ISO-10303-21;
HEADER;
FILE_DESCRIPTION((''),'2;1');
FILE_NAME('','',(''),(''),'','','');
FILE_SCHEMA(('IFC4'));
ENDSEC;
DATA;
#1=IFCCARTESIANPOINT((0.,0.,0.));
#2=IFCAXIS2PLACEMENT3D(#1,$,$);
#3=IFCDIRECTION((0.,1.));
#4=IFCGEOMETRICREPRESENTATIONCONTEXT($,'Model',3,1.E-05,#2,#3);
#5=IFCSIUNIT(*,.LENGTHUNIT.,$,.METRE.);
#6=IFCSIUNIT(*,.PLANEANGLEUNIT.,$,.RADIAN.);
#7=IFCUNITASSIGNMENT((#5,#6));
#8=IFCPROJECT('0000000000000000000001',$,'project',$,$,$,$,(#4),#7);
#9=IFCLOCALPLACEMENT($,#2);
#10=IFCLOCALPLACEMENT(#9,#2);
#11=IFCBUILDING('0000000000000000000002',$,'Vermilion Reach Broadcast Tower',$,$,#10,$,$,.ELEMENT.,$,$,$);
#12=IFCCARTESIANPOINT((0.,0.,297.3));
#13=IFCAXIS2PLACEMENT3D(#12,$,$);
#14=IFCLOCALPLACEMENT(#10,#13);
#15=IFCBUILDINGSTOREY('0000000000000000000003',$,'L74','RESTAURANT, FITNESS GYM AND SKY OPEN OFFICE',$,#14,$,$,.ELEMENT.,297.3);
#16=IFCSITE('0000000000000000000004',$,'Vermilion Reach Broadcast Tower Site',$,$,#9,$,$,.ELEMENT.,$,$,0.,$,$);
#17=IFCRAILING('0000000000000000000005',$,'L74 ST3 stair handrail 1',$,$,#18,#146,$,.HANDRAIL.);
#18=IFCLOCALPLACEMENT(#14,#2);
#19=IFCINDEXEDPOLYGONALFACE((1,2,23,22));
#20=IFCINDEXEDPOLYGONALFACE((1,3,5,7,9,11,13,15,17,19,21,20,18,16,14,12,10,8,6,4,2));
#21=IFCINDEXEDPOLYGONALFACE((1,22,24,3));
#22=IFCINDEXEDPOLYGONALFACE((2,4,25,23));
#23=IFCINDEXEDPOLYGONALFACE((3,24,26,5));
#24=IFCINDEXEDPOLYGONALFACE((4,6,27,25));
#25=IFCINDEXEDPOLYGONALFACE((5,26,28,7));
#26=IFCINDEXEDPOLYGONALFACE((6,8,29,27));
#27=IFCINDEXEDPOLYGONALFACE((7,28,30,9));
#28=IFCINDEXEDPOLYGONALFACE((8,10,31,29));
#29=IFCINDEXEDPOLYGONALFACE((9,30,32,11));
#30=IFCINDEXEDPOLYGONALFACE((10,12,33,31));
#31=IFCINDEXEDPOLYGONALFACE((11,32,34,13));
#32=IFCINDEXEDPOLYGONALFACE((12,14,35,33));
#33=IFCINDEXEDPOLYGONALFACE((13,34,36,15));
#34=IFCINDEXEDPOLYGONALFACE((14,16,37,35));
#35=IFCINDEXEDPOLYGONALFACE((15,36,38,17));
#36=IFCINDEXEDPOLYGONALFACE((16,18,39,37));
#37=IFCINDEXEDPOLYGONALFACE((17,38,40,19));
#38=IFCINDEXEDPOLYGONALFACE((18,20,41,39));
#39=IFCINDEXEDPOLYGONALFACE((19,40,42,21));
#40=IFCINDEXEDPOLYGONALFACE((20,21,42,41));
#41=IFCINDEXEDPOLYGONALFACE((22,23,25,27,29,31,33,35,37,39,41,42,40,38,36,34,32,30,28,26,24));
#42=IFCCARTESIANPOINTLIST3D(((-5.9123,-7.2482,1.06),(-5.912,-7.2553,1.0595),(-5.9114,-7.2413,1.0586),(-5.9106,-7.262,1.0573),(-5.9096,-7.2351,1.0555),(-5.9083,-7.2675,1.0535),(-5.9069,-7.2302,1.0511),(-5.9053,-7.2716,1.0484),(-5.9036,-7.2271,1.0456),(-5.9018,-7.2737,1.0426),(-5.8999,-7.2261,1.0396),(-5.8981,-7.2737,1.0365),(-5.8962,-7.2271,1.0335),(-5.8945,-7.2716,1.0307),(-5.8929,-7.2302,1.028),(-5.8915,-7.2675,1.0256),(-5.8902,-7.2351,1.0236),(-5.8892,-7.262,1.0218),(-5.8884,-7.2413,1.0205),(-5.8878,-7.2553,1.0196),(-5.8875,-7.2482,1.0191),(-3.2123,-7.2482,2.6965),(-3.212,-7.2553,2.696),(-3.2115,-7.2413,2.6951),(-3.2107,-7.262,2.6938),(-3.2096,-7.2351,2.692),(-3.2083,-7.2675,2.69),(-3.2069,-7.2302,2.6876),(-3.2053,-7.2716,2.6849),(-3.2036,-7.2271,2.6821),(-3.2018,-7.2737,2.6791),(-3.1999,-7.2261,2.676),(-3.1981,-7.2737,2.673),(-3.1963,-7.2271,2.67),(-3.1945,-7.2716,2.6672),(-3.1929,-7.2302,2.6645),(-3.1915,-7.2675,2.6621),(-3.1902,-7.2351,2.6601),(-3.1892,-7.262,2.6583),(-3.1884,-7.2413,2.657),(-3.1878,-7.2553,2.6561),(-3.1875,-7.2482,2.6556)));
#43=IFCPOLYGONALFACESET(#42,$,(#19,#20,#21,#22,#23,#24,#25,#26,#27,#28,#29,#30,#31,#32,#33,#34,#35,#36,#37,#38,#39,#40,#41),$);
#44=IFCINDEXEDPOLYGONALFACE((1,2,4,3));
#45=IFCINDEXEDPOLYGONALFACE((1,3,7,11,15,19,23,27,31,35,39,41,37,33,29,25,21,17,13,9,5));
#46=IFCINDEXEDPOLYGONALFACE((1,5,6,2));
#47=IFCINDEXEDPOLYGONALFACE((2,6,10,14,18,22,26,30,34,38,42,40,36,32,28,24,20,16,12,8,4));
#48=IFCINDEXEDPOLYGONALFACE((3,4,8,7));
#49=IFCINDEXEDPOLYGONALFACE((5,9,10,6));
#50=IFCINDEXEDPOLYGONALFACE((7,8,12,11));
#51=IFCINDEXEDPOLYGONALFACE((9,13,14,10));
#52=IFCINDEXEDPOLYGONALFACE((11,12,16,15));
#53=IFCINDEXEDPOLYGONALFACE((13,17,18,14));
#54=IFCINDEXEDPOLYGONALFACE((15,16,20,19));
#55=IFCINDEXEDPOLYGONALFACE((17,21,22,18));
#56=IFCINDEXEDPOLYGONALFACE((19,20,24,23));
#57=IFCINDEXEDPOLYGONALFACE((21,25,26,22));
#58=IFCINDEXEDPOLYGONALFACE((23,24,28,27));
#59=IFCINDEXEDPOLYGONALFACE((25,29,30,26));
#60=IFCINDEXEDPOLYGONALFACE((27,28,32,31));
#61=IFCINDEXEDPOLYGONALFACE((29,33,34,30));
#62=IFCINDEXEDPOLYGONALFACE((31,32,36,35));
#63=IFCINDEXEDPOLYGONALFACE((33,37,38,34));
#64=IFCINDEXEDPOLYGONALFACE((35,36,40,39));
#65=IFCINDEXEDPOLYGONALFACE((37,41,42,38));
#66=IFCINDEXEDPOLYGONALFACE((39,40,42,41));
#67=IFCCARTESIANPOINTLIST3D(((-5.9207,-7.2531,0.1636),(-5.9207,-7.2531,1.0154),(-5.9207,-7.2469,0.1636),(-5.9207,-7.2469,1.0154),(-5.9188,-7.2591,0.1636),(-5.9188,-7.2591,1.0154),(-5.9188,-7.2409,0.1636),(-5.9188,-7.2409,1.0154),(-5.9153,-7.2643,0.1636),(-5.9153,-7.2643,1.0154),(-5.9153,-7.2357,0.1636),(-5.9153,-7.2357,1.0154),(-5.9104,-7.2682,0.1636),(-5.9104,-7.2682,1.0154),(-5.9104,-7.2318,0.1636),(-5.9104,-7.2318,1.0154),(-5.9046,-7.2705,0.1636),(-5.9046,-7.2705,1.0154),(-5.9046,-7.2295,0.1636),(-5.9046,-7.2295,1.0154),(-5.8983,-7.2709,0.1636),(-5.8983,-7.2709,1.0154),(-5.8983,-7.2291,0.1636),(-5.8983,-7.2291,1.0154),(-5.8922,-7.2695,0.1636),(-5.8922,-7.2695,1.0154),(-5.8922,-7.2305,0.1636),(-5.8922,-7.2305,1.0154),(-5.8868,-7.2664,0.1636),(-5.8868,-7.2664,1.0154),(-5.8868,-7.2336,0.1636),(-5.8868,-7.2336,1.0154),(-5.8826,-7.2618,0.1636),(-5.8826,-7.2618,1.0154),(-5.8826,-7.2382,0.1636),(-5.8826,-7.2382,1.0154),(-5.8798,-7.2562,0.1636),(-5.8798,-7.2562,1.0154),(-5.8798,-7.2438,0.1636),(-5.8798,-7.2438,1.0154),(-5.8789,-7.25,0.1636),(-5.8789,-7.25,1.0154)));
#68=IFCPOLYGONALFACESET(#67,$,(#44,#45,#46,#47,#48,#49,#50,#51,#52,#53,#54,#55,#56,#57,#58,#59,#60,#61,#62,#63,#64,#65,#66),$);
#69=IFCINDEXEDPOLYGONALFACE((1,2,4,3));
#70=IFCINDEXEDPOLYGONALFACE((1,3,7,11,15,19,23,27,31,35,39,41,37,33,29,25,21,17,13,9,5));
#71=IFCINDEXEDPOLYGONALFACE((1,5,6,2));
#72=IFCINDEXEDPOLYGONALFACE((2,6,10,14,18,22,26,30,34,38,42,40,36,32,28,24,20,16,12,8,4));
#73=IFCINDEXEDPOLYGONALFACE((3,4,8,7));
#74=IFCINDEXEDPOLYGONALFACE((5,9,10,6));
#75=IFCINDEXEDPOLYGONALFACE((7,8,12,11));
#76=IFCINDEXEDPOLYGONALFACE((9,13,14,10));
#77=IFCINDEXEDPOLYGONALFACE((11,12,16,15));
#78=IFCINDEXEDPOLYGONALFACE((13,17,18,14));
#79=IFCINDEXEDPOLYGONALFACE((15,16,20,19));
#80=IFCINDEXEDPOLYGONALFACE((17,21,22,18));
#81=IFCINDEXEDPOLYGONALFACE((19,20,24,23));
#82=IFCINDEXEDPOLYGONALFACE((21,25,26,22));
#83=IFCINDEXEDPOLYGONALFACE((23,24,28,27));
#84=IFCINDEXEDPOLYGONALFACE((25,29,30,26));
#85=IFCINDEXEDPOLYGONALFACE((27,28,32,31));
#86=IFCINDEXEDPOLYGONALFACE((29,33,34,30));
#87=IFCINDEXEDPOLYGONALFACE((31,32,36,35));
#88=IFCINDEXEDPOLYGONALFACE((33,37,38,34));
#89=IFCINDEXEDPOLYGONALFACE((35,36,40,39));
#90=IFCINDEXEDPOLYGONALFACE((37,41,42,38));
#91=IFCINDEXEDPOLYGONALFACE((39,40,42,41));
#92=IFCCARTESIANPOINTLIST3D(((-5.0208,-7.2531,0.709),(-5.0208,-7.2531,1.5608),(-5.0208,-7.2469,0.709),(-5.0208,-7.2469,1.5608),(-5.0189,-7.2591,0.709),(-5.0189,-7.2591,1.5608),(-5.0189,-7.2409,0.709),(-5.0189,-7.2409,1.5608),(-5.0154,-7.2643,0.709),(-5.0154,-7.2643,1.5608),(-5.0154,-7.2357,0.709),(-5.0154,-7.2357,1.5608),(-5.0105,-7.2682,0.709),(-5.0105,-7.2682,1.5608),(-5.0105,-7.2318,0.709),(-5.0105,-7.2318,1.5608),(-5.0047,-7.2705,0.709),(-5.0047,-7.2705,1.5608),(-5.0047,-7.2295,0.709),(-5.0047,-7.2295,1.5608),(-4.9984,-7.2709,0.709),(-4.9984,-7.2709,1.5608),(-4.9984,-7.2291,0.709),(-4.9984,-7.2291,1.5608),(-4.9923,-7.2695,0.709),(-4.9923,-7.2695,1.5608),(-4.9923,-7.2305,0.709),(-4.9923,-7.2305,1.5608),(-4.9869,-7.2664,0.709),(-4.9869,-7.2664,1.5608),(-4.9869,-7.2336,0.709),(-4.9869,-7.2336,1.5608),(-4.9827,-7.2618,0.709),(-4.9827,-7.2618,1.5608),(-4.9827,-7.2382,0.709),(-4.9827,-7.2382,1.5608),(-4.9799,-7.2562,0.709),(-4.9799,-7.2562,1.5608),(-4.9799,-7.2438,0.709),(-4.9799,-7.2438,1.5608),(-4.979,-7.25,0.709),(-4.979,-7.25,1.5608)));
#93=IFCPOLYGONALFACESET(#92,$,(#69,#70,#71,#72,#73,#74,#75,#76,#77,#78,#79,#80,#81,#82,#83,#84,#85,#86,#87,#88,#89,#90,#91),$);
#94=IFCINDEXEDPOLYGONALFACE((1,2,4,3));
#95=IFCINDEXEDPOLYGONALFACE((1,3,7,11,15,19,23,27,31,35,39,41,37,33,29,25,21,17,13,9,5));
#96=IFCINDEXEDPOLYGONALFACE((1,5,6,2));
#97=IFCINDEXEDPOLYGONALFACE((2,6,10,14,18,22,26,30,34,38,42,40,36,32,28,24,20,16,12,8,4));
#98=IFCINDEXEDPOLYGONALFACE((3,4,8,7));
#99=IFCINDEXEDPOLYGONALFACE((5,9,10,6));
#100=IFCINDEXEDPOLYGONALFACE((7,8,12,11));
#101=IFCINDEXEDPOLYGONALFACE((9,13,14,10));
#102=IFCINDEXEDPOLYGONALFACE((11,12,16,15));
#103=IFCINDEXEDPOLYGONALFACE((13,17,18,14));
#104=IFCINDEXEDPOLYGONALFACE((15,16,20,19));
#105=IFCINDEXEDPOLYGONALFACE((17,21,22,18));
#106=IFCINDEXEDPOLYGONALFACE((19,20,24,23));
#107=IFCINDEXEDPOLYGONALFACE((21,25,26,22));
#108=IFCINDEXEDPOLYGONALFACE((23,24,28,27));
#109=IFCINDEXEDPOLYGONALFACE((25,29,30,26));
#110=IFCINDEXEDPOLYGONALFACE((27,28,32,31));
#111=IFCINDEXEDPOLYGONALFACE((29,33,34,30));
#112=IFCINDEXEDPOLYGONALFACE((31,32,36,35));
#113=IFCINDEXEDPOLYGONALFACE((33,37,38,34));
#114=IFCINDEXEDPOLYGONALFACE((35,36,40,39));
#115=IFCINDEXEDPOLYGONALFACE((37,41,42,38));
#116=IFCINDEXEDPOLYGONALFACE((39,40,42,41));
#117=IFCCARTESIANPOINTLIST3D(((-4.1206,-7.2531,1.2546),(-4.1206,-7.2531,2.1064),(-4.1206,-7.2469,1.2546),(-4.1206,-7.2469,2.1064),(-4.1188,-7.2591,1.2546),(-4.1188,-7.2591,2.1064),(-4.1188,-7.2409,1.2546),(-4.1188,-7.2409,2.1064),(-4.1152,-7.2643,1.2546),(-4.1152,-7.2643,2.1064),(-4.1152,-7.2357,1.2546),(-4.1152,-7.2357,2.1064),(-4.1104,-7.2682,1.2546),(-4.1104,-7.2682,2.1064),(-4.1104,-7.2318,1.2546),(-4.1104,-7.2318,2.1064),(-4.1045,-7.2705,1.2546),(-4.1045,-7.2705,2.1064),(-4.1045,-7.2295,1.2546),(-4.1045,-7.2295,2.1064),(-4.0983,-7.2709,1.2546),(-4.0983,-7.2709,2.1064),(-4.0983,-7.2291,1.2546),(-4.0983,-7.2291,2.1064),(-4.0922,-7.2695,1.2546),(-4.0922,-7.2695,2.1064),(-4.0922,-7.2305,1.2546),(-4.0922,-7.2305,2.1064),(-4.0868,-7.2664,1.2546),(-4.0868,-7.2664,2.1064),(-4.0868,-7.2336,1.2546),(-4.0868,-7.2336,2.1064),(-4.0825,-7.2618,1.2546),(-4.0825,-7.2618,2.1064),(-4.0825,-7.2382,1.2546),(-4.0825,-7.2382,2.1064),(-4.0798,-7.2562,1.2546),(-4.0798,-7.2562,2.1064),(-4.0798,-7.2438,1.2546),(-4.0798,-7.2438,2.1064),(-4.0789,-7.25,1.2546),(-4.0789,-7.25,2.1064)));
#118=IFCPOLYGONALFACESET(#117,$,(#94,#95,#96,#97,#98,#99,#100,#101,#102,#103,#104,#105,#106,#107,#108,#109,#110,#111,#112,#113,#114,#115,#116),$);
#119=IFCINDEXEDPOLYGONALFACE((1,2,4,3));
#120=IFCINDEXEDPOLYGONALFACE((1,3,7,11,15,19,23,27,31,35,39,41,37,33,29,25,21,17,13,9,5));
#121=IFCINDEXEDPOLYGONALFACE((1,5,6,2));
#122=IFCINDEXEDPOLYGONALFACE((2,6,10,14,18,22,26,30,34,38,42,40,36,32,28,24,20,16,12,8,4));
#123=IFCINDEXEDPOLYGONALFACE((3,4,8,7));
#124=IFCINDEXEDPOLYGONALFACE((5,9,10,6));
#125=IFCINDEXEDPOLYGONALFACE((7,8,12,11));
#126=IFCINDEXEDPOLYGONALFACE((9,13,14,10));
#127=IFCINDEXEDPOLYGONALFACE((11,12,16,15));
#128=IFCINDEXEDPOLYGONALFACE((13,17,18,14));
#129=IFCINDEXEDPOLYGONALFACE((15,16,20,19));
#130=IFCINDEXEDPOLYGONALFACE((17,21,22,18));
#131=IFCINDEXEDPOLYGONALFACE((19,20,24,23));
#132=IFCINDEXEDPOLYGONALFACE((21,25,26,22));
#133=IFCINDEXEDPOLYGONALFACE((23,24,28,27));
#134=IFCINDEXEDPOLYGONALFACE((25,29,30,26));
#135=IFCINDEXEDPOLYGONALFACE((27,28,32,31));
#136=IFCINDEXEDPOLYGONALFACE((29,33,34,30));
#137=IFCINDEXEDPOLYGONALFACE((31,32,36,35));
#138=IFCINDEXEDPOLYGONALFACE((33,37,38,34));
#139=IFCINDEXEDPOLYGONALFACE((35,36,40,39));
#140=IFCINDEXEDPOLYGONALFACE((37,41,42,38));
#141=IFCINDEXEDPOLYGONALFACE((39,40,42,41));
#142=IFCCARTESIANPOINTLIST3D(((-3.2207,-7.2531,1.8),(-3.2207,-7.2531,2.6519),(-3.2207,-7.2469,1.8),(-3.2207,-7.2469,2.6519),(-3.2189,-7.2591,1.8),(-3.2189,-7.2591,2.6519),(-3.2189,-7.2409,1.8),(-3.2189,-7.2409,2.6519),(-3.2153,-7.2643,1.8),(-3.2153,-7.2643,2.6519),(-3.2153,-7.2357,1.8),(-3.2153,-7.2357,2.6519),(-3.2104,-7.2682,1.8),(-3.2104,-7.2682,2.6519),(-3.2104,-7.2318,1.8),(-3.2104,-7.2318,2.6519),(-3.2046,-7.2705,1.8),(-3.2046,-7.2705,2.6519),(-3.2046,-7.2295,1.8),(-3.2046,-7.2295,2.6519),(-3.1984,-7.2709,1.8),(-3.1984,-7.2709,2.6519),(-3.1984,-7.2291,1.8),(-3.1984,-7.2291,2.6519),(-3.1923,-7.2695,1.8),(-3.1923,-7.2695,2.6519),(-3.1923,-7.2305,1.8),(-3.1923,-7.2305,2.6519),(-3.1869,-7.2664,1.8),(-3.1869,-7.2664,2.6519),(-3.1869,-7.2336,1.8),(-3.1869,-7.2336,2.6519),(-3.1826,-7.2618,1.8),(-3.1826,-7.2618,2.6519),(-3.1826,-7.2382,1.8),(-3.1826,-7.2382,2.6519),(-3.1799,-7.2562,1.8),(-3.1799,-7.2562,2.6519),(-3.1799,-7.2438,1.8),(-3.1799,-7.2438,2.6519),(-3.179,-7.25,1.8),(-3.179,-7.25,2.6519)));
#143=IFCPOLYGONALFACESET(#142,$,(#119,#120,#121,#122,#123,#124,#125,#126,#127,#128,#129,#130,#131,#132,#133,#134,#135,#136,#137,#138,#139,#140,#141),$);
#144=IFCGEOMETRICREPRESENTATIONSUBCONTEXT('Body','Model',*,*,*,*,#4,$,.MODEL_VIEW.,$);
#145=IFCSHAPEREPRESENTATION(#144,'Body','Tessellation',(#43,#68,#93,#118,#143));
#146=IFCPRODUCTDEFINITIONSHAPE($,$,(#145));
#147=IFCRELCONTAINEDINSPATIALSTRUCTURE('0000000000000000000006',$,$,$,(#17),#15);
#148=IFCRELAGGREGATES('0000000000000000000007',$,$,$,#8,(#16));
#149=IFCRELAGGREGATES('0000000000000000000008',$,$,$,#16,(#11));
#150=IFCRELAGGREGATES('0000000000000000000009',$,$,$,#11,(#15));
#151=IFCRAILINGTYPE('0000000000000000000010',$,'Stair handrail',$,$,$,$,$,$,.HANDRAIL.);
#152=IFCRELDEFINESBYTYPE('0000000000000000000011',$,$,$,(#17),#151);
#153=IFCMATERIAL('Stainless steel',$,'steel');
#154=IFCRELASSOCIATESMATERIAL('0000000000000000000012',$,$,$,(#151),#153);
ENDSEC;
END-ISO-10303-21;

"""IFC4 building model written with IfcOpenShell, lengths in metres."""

from ifc_helpers import new_model, si_unit, direction, frame, origin, origin_2d, place, context, subcontext, project, spatial, circle, extrude, material, type_object, element, save


model = new_model("IFC4")

# Units and contexts
model_context = context("Model", 3, precision=1e-05, world=origin(), true_north=direction((0.0, 1.0)))
body_context = subcontext(model_context, "Body", "Model", "MODEL_VIEW")
ifc_project = project(units=[si_unit("LENGTHUNIT", "METRE"), si_unit("PLANEANGLEUNIT", "RADIAN")], contexts=[model_context])

# Site, building, storey
site_placement = place(None, origin())
site = spatial("IfcSite", under=ifc_project, at=site_placement, Name="Vermilion Reach Broadcast Tower Site", CompositionType="ELEMENT", RefElevation=0.0)
building_placement = place(site_placement, origin())
building = spatial("IfcBuilding", under=site, at=building_placement, Name="Vermilion Reach Broadcast Tower", CompositionType="ELEMENT")
storey_placement = place(building_placement, frame((0.0, 0.0, 297.3)))
storey = spatial("IfcBuildingStorey", under=building, at=storey_placement, Name="L74", Description="RESTAURANT, FITNESS GYM AND SKY OPEN OFFICE", CompositionType="ELEMENT", Elevation=297.3)

# Railing
ifc_material_1 = material(Name="Stainless steel", Category="steel")
railing_type_1 = type_object("IfcRailingType", Name="Stair handrail", PredefinedType="HANDRAIL", material=ifc_material_1)
railing_1_placement = place(storey_placement, frame((-5.8999, -7.25, 0.1636)))
element("IfcRailing", 1, at=railing_1_placement, inside=storey, type_object=railing_type_1, Name="L74 ST3 stair handrail 1", PredefinedType="HANDRAIL", context=body_context, shape_type="SweptSolid", body=[
    extrude(circle(Radius=0.0239, at=origin_2d()), frame((0.0, 0.0, 0.876), z_axis=(0.855178, 0.0, 0.518334), x_axis=(0.0, 1.0, 0.0)), (0.0, 0.0, 1.0), 3.1572),
    extrude(circle(Radius=0.021, at=origin_2d()), origin(), (0.0, 0.0, 1.0), 0.8518),
    extrude(circle(Radius=0.021, at=origin_2d()), frame((0.8999, 0.0, 0.5454)), (0.0, 0.0, 1.0), 0.8518),
    extrude(circle(Radius=0.021, at=origin_2d()), frame((1.8, 0.0, 1.0911)), (0.0, 0.0, 1.0), 0.8518),
    extrude(circle(Radius=0.021, at=origin_2d()), frame((2.7, 0.0, 1.6365)), (0.0, 0.0, 1.0), 0.8518),
])

save(model, "model.ifc")
